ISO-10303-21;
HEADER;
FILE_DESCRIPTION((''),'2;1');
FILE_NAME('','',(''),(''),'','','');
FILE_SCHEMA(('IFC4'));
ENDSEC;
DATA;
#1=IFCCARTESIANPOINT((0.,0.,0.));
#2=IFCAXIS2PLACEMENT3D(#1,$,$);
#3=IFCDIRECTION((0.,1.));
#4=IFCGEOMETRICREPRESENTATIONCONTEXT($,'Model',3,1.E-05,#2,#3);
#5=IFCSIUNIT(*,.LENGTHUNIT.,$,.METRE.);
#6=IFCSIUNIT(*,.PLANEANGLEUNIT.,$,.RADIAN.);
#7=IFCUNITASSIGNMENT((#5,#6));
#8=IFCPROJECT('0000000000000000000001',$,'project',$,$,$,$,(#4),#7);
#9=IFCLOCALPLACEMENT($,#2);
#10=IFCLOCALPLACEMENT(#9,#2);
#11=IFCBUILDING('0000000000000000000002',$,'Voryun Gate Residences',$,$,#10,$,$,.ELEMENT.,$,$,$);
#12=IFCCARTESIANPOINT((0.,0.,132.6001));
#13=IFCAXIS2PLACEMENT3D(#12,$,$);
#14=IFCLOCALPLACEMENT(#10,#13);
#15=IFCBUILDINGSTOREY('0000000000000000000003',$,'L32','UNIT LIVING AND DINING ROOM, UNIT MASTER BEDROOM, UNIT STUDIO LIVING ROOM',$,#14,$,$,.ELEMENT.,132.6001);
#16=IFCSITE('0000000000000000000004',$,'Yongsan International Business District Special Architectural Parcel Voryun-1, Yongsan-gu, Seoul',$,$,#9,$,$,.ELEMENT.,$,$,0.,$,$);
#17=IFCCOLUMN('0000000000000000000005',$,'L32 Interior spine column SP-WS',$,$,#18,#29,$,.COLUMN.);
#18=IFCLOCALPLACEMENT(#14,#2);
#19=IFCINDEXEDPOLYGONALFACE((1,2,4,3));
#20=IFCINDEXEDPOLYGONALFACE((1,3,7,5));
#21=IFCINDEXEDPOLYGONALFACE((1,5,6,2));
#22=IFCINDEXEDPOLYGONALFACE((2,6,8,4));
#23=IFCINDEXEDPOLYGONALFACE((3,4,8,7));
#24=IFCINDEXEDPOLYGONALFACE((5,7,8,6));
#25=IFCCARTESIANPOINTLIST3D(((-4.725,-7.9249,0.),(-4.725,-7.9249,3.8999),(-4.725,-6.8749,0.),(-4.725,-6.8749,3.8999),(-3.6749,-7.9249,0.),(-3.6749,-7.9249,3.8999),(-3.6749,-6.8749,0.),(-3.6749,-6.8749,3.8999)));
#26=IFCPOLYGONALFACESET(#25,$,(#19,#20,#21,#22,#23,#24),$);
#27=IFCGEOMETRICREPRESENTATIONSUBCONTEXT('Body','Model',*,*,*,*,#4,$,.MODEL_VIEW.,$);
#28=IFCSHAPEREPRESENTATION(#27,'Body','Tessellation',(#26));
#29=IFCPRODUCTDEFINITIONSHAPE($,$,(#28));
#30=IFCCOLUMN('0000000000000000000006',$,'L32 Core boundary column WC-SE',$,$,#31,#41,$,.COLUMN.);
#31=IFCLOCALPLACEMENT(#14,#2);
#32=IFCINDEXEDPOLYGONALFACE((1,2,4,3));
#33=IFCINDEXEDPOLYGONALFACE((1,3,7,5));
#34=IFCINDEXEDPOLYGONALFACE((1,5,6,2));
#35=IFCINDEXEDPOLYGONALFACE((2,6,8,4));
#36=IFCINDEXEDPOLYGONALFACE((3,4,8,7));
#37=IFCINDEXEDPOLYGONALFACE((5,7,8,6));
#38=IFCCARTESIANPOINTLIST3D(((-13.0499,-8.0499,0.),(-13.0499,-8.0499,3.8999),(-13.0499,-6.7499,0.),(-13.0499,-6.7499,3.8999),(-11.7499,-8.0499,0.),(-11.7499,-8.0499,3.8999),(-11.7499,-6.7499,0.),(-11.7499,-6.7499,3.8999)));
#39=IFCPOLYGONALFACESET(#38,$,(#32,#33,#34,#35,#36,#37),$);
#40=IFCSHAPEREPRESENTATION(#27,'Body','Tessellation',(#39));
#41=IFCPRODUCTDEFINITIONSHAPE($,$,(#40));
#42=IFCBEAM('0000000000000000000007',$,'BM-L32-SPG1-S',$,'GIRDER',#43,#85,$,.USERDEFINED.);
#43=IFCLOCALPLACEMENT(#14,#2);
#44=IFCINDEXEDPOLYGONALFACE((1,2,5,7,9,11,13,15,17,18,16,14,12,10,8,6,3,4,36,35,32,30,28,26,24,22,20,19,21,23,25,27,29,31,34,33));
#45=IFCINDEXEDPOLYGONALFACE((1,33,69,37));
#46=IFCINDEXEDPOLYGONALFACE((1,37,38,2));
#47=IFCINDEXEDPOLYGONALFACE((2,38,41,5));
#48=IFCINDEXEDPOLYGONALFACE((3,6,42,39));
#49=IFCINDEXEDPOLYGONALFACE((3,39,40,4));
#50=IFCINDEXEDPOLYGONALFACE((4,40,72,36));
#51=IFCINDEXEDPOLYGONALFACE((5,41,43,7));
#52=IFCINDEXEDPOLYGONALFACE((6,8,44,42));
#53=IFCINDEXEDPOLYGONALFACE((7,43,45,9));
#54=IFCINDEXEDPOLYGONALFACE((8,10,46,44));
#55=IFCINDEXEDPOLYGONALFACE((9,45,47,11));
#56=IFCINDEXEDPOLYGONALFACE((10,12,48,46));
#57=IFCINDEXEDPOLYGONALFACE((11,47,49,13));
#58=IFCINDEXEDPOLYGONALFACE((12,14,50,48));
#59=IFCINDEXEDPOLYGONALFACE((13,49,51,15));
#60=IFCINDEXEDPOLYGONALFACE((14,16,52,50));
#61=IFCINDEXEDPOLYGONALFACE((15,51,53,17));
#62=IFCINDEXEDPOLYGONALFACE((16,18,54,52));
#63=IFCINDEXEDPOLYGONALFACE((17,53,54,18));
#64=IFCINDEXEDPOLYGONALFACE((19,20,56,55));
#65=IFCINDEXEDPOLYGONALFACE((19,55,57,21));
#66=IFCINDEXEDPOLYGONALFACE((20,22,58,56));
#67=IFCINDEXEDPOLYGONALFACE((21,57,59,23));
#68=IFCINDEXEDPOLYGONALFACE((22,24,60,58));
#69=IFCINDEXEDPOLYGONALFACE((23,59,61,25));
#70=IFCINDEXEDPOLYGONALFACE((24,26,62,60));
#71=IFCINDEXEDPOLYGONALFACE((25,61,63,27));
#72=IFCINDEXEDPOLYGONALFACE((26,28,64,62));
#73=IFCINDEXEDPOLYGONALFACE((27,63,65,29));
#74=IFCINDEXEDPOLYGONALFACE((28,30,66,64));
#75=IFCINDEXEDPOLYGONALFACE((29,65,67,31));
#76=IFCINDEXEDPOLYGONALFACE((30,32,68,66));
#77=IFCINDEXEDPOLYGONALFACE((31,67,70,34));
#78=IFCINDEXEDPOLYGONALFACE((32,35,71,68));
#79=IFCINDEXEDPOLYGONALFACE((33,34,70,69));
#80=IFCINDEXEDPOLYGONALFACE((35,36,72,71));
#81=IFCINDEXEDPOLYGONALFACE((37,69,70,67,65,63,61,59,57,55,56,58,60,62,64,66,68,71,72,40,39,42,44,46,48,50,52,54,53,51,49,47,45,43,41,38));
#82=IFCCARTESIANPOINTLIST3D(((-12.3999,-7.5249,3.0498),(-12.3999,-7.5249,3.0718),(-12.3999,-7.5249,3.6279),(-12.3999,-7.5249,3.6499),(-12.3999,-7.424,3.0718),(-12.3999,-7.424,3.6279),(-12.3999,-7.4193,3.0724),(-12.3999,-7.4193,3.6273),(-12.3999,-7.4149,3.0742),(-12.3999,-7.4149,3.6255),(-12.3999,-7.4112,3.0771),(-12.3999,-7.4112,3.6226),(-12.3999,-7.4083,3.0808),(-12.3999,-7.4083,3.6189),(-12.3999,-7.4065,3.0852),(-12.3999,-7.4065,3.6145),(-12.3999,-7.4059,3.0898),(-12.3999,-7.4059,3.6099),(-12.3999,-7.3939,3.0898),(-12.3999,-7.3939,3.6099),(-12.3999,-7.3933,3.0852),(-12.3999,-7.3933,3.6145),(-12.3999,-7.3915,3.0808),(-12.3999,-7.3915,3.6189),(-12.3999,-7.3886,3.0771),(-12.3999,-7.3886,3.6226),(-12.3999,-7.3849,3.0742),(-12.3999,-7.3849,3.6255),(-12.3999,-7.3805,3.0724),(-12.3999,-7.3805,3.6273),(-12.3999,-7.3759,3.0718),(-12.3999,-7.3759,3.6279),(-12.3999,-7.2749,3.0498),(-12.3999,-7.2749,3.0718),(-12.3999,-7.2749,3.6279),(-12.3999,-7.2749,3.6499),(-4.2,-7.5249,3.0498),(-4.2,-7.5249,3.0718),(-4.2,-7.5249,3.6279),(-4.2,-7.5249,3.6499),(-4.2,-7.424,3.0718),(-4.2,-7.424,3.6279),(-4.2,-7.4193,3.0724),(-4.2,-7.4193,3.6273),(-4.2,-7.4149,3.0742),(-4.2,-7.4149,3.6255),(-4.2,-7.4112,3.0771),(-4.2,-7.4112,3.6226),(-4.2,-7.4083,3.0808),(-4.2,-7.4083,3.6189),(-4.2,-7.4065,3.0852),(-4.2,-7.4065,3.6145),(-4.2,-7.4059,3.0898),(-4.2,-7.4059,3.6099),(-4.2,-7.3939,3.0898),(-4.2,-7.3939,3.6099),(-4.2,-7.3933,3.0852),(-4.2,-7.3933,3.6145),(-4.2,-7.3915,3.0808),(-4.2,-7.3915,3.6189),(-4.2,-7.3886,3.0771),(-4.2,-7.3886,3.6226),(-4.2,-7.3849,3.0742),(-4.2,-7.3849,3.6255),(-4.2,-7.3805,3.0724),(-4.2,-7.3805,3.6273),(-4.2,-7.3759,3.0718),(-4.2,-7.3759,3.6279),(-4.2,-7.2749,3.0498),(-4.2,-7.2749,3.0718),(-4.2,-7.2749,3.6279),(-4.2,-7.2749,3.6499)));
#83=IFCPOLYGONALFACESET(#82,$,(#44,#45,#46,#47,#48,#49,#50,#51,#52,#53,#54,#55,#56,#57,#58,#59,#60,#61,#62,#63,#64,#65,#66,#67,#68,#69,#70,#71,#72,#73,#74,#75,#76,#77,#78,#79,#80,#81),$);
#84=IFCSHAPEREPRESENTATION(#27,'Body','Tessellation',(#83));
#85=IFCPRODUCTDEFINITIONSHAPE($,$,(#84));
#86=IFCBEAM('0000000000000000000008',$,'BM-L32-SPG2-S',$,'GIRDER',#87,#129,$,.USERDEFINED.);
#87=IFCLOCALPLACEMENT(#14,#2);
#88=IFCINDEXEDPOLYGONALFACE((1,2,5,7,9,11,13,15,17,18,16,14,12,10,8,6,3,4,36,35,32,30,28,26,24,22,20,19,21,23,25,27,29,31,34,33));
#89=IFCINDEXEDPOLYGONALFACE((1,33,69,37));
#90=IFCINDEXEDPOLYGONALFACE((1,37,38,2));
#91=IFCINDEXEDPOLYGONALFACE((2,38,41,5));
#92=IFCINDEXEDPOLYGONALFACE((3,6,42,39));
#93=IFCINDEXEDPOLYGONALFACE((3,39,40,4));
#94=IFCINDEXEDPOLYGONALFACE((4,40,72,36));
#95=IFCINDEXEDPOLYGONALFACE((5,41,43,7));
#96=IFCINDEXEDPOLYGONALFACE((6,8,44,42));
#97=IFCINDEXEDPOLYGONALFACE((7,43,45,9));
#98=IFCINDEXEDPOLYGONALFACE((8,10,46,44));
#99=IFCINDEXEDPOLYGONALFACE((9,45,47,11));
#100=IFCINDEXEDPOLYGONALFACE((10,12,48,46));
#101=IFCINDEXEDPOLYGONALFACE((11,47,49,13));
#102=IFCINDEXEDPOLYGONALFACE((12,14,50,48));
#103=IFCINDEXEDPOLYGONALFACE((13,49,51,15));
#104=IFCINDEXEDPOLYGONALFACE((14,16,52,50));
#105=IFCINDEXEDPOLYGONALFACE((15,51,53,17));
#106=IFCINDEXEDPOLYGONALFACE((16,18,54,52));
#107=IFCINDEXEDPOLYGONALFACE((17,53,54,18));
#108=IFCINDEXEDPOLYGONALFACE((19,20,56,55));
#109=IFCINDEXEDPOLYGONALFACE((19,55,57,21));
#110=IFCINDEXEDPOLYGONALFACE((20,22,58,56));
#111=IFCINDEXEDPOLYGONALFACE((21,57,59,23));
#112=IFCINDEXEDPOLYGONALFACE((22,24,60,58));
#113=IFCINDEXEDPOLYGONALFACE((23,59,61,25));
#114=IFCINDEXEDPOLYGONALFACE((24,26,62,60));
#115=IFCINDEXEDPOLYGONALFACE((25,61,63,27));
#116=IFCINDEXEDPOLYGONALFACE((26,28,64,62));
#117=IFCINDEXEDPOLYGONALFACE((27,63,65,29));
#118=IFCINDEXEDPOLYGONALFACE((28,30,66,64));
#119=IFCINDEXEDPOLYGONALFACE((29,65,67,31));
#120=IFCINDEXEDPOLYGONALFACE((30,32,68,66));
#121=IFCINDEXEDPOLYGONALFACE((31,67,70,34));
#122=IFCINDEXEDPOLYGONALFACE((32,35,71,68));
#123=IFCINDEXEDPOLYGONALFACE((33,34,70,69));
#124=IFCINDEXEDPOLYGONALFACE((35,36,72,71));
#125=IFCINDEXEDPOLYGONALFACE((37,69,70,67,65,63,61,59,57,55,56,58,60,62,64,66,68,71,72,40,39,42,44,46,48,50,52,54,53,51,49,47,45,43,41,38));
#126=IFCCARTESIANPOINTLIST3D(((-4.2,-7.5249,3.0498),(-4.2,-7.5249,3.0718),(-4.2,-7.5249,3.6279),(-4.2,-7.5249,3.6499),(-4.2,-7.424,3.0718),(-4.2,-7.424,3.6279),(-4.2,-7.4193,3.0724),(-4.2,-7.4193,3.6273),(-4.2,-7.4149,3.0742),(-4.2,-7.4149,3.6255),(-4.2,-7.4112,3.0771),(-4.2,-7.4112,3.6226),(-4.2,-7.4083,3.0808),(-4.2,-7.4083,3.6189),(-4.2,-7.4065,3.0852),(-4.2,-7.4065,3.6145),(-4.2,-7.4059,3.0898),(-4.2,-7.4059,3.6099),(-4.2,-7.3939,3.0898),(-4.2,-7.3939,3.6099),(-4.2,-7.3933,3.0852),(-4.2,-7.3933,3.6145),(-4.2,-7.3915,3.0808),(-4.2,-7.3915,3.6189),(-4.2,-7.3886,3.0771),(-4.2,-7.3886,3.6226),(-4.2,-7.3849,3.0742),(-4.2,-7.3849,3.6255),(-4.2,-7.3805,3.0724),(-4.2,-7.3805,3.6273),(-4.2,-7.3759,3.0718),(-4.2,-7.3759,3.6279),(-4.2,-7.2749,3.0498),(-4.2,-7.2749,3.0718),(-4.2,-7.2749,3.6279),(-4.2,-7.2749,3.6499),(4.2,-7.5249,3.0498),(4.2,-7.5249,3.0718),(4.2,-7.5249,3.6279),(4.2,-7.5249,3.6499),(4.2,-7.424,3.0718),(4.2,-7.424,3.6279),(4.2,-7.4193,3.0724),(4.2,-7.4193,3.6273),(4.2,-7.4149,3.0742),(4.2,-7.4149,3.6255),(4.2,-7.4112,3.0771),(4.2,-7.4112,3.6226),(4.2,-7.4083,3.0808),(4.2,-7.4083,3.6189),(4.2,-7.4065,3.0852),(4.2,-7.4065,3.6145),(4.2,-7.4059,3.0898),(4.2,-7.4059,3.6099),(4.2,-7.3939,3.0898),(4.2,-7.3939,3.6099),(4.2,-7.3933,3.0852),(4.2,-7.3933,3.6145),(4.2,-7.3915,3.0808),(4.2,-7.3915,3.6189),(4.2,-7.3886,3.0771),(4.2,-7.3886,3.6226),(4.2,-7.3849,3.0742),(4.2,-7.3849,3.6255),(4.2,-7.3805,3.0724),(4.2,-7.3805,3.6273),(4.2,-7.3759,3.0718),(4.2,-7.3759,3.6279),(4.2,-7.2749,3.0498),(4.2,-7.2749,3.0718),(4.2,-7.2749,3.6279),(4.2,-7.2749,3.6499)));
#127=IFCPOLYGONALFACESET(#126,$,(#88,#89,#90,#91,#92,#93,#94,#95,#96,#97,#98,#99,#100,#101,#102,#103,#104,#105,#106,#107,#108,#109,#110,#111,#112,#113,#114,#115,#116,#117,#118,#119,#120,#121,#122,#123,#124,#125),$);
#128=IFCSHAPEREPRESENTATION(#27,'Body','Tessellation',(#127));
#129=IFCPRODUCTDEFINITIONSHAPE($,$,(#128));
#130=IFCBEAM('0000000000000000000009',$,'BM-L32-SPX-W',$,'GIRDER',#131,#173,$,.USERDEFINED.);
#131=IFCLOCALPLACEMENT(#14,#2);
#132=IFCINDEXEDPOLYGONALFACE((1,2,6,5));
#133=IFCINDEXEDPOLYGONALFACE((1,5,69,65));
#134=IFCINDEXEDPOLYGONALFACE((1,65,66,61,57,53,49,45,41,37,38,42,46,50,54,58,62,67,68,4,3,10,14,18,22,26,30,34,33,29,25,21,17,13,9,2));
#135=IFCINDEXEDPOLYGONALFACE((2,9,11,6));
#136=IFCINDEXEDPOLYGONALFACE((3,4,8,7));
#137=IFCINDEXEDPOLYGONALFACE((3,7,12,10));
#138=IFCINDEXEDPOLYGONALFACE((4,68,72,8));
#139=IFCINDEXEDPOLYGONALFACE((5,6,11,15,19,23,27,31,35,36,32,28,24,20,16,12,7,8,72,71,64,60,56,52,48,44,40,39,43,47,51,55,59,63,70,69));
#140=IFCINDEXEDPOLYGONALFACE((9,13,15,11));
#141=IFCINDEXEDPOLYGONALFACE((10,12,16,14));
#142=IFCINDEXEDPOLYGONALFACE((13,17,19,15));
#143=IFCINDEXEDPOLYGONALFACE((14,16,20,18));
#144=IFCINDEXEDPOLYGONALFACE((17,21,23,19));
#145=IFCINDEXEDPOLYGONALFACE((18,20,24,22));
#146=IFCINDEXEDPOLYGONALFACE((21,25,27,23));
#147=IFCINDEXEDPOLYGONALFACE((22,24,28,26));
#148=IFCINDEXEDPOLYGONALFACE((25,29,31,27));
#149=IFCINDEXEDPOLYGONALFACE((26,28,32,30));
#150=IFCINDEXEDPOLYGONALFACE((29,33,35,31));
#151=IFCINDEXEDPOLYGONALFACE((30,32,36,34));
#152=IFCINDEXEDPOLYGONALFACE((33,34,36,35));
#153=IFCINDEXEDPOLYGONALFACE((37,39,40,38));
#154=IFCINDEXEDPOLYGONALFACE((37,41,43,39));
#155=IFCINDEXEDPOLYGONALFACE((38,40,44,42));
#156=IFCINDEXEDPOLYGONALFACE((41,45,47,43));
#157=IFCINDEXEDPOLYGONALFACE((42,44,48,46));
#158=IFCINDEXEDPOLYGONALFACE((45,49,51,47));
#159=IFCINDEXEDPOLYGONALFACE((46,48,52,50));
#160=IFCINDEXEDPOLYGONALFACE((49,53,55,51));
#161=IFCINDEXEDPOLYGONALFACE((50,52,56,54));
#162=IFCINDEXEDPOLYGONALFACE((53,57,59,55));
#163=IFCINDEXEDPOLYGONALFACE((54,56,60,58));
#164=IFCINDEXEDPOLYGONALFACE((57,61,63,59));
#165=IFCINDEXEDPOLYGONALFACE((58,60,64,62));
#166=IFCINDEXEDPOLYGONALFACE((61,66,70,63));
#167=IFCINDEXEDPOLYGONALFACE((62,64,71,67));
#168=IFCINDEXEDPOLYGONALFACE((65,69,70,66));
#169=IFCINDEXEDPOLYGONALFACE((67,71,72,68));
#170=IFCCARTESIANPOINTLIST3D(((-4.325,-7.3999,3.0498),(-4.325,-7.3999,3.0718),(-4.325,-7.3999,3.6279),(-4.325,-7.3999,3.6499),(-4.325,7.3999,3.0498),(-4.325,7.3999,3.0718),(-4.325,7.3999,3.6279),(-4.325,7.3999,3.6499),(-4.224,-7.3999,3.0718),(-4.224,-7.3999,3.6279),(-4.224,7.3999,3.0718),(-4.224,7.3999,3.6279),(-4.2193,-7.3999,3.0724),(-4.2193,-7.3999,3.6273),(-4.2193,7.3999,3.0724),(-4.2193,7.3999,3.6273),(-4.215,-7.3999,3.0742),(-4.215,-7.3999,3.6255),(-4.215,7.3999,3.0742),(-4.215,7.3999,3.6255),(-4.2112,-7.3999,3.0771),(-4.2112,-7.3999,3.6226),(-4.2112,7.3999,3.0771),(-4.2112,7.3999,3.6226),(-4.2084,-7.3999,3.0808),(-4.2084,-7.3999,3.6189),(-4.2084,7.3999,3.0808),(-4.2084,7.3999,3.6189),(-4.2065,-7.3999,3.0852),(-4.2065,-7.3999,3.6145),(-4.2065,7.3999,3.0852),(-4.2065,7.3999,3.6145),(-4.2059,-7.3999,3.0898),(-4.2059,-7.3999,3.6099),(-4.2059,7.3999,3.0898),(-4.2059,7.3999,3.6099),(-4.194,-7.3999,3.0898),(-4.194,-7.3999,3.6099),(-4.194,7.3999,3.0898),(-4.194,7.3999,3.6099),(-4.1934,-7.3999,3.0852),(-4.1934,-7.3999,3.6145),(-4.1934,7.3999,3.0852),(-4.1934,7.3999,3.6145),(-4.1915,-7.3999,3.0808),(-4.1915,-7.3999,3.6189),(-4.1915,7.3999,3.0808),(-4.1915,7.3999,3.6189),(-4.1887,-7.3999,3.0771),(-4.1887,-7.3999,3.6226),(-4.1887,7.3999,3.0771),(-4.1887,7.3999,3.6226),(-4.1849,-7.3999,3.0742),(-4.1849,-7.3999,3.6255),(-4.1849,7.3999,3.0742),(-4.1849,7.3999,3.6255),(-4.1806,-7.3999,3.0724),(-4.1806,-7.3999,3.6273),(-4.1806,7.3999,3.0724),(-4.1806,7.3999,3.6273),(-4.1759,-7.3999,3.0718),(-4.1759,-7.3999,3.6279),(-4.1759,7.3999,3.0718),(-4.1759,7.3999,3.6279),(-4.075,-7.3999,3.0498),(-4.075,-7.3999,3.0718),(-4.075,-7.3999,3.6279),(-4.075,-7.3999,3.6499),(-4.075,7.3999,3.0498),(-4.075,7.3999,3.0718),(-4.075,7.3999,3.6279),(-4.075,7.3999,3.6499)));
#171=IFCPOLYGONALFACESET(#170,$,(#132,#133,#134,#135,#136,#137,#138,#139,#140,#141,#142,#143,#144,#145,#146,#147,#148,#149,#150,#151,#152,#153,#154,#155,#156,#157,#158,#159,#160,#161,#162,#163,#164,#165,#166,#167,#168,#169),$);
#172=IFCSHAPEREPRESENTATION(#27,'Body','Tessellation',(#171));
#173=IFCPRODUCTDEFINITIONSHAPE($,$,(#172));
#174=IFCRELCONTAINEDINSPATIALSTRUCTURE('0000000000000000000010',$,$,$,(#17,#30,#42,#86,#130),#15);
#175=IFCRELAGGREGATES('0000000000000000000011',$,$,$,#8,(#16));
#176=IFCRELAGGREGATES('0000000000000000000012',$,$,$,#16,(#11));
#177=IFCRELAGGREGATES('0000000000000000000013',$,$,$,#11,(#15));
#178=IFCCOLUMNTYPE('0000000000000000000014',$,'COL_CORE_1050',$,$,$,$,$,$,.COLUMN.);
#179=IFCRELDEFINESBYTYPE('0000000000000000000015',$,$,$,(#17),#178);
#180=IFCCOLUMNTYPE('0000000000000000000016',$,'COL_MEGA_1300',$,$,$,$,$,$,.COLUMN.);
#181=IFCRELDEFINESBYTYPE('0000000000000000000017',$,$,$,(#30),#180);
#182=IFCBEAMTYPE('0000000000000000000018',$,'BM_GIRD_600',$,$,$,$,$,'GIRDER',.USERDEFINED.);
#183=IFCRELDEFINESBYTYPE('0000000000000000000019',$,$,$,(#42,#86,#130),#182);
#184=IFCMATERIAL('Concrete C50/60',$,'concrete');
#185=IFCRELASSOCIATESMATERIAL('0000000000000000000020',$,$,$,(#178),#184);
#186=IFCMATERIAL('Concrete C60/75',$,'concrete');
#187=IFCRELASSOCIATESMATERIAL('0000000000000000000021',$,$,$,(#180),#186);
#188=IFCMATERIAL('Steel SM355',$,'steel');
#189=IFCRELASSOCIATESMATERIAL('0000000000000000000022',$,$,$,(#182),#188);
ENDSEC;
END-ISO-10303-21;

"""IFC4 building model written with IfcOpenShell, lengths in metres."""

from ifc_helpers import new_model, si_unit, direction, frame, origin, origin_2d, place, context, subcontext, project, spatial, rectangle, i_section, extrude, material, material_profile, profile_set, type_object, element, save


model = new_model("IFC4")

# Units and contexts
model_context = context("Model", 3, precision=1e-05, world=origin(), true_north=direction((0.0, 1.0)))
body_context = subcontext(model_context, "Body", "Model", "MODEL_VIEW")
ifc_project = project(units=[si_unit("LENGTHUNIT", "METRE"), si_unit("PLANEANGLEUNIT", "RADIAN")], contexts=[model_context])

# Site, building, storey
site_placement = place(None, origin())
site = spatial("IfcSite", under=ifc_project, at=site_placement, Name="Yongsan International Business District Special Architectural Parcel Voryun-1, Yongsan-gu, Seoul", CompositionType="ELEMENT", RefElevation=0.0)
building_placement = place(site_placement, origin())
building = spatial("IfcBuilding", under=site, at=building_placement, Name="Voryun Gate Residences", CompositionType="ELEMENT")
storey_placement = place(building_placement, frame((0.0, 0.0, 132.6001)))
storey = spatial("IfcBuildingStorey", under=building, at=storey_placement, Name="L32", Description="UNIT LIVING AND DINING ROOM, UNIT MASTER BEDROOM, UNIT STUDIO LIVING ROOM", CompositionType="ELEMENT", Elevation=132.6001)

# Columns
ifc_material_1 = material(Name="Concrete C50/60", Category="concrete")
ifc_material_profile_1 = material_profile(ifc_material_1, rectangle(XDim=1.05, YDim=1.05, at=origin_2d()), Name="RC-1050x1050")
ifc_profile_set_1 = profile_set([ifc_material_profile_1], Name="Concrete C50/60")
column_type_1 = type_object("IfcColumnType", Name="COL_CORE_1050", PredefinedType="COLUMN", material=ifc_profile_set_1)
column_1_placement = place(storey_placement, frame((-4.2, -7.3999, 0.0), z_axis=(0.0, 0.0, 1.0), x_axis=(1.0, 0.0, 0.0)))
element("IfcColumn", 1, at=column_1_placement, inside=storey, type_object=column_type_1, Name="L32 Interior spine column SP-WS", PredefinedType="COLUMN", context=body_context, shape_type="SweptSolid", body=[
    extrude(rectangle(XDim=1.05, YDim=1.05, at=origin_2d()), origin(), (0.0, 0.0, 1.0), 3.8999),
])
ifc_material_2 = material(Name="Concrete C60/75", Category="concrete")
ifc_material_profile_2 = material_profile(ifc_material_2, rectangle(XDim=1.3, YDim=1.3, at=origin_2d()), Name="RC-1300x1300")
ifc_profile_set_2 = profile_set([ifc_material_profile_2], Name="Concrete C60/75")
column_type_2 = type_object("IfcColumnType", Name="COL_MEGA_1300", PredefinedType="COLUMN", material=ifc_profile_set_2)
column_2_placement = place(storey_placement, frame((-12.3999, -7.3999, 0.0), z_axis=(0.0, 0.0, 1.0), x_axis=(1.0, 0.0, 0.0)))
element("IfcColumn", 2, at=column_2_placement, inside=storey, type_object=column_type_2, Name="L32 Core boundary column WC-SE", PredefinedType="COLUMN", context=body_context, shape_type="SweptSolid", body=[
    extrude(rectangle(XDim=1.3, YDim=1.3, at=origin_2d()), origin(), (0.0, 0.0, 1.0), 3.8999),
])

# Beams
ifc_material_3 = material(Name="Steel SM355", Category="steel")
ifc_material_profile_3 = material_profile(ifc_material_3, i_section(OverallWidth=0.25, OverallDepth=0.6001, WebThickness=0.012, FlangeThickness=0.022, FilletRadius=0.0181, at=origin_2d()), Name="H-600x250x12x22")
ifc_profile_set_3 = profile_set([ifc_material_profile_3], Name="Steel SM355")
beam_type_1 = type_object("IfcBeamType", Name="BM_GIRD_600", ElementType="GIRDER", PredefinedType="USERDEFINED", material=ifc_profile_set_3)
beam_1_placement = place(storey_placement, frame((-12.3999, -7.3999, 3.3499), z_axis=(1.0, 0.0, 0.0), x_axis=(0.0, 1.0, 0.0)))
element("IfcBeam", 3, at=beam_1_placement, inside=storey, type_object=beam_type_1, Name="BM-L32-SPG1-S", ObjectType="GIRDER", PredefinedType="USERDEFINED", context=body_context, shape_type="SweptSolid", body=[
    extrude(i_section(OverallWidth=0.25, OverallDepth=0.6001, WebThickness=0.012, FlangeThickness=0.022, FilletRadius=0.0181, at=origin_2d()), origin(), (0.0, 0.0, 1.0), 8.2),
])
beam_2_placement = place(storey_placement, frame((-4.2, -7.3999, 3.3499), z_axis=(1.0, 0.0, 0.0), x_axis=(0.0, 1.0, 0.0)))
element("IfcBeam", 4, at=beam_2_placement, inside=storey, type_object=beam_type_1, Name="BM-L32-SPG2-S", ObjectType="GIRDER", PredefinedType="USERDEFINED", context=body_context, shape_type="SweptSolid", body=[
    extrude(i_section(OverallWidth=0.25, OverallDepth=0.6001, WebThickness=0.012, FlangeThickness=0.022, FilletRadius=0.0181, at=origin_2d()), origin(), (0.0, 0.0, 1.0), 8.3999),
])
beam_3_placement = place(storey_placement, frame((-4.2, -7.3999, 3.3499), z_axis=(0.0, 1.0, 0.0), x_axis=(-1.0, 0.0, 0.0)))
element("IfcBeam", 5, at=beam_3_placement, inside=storey, type_object=beam_type_1, Name="BM-L32-SPX-W", ObjectType="GIRDER", PredefinedType="USERDEFINED", context=body_context, shape_type="SweptSolid", body=[
    extrude(i_section(OverallWidth=0.25, OverallDepth=0.6001, WebThickness=0.012, FlangeThickness=0.022, FilletRadius=0.0181, at=origin_2d()), origin(), (0.0, 0.0, 1.0), 14.7998),
])

save(model, "model.ifc")
